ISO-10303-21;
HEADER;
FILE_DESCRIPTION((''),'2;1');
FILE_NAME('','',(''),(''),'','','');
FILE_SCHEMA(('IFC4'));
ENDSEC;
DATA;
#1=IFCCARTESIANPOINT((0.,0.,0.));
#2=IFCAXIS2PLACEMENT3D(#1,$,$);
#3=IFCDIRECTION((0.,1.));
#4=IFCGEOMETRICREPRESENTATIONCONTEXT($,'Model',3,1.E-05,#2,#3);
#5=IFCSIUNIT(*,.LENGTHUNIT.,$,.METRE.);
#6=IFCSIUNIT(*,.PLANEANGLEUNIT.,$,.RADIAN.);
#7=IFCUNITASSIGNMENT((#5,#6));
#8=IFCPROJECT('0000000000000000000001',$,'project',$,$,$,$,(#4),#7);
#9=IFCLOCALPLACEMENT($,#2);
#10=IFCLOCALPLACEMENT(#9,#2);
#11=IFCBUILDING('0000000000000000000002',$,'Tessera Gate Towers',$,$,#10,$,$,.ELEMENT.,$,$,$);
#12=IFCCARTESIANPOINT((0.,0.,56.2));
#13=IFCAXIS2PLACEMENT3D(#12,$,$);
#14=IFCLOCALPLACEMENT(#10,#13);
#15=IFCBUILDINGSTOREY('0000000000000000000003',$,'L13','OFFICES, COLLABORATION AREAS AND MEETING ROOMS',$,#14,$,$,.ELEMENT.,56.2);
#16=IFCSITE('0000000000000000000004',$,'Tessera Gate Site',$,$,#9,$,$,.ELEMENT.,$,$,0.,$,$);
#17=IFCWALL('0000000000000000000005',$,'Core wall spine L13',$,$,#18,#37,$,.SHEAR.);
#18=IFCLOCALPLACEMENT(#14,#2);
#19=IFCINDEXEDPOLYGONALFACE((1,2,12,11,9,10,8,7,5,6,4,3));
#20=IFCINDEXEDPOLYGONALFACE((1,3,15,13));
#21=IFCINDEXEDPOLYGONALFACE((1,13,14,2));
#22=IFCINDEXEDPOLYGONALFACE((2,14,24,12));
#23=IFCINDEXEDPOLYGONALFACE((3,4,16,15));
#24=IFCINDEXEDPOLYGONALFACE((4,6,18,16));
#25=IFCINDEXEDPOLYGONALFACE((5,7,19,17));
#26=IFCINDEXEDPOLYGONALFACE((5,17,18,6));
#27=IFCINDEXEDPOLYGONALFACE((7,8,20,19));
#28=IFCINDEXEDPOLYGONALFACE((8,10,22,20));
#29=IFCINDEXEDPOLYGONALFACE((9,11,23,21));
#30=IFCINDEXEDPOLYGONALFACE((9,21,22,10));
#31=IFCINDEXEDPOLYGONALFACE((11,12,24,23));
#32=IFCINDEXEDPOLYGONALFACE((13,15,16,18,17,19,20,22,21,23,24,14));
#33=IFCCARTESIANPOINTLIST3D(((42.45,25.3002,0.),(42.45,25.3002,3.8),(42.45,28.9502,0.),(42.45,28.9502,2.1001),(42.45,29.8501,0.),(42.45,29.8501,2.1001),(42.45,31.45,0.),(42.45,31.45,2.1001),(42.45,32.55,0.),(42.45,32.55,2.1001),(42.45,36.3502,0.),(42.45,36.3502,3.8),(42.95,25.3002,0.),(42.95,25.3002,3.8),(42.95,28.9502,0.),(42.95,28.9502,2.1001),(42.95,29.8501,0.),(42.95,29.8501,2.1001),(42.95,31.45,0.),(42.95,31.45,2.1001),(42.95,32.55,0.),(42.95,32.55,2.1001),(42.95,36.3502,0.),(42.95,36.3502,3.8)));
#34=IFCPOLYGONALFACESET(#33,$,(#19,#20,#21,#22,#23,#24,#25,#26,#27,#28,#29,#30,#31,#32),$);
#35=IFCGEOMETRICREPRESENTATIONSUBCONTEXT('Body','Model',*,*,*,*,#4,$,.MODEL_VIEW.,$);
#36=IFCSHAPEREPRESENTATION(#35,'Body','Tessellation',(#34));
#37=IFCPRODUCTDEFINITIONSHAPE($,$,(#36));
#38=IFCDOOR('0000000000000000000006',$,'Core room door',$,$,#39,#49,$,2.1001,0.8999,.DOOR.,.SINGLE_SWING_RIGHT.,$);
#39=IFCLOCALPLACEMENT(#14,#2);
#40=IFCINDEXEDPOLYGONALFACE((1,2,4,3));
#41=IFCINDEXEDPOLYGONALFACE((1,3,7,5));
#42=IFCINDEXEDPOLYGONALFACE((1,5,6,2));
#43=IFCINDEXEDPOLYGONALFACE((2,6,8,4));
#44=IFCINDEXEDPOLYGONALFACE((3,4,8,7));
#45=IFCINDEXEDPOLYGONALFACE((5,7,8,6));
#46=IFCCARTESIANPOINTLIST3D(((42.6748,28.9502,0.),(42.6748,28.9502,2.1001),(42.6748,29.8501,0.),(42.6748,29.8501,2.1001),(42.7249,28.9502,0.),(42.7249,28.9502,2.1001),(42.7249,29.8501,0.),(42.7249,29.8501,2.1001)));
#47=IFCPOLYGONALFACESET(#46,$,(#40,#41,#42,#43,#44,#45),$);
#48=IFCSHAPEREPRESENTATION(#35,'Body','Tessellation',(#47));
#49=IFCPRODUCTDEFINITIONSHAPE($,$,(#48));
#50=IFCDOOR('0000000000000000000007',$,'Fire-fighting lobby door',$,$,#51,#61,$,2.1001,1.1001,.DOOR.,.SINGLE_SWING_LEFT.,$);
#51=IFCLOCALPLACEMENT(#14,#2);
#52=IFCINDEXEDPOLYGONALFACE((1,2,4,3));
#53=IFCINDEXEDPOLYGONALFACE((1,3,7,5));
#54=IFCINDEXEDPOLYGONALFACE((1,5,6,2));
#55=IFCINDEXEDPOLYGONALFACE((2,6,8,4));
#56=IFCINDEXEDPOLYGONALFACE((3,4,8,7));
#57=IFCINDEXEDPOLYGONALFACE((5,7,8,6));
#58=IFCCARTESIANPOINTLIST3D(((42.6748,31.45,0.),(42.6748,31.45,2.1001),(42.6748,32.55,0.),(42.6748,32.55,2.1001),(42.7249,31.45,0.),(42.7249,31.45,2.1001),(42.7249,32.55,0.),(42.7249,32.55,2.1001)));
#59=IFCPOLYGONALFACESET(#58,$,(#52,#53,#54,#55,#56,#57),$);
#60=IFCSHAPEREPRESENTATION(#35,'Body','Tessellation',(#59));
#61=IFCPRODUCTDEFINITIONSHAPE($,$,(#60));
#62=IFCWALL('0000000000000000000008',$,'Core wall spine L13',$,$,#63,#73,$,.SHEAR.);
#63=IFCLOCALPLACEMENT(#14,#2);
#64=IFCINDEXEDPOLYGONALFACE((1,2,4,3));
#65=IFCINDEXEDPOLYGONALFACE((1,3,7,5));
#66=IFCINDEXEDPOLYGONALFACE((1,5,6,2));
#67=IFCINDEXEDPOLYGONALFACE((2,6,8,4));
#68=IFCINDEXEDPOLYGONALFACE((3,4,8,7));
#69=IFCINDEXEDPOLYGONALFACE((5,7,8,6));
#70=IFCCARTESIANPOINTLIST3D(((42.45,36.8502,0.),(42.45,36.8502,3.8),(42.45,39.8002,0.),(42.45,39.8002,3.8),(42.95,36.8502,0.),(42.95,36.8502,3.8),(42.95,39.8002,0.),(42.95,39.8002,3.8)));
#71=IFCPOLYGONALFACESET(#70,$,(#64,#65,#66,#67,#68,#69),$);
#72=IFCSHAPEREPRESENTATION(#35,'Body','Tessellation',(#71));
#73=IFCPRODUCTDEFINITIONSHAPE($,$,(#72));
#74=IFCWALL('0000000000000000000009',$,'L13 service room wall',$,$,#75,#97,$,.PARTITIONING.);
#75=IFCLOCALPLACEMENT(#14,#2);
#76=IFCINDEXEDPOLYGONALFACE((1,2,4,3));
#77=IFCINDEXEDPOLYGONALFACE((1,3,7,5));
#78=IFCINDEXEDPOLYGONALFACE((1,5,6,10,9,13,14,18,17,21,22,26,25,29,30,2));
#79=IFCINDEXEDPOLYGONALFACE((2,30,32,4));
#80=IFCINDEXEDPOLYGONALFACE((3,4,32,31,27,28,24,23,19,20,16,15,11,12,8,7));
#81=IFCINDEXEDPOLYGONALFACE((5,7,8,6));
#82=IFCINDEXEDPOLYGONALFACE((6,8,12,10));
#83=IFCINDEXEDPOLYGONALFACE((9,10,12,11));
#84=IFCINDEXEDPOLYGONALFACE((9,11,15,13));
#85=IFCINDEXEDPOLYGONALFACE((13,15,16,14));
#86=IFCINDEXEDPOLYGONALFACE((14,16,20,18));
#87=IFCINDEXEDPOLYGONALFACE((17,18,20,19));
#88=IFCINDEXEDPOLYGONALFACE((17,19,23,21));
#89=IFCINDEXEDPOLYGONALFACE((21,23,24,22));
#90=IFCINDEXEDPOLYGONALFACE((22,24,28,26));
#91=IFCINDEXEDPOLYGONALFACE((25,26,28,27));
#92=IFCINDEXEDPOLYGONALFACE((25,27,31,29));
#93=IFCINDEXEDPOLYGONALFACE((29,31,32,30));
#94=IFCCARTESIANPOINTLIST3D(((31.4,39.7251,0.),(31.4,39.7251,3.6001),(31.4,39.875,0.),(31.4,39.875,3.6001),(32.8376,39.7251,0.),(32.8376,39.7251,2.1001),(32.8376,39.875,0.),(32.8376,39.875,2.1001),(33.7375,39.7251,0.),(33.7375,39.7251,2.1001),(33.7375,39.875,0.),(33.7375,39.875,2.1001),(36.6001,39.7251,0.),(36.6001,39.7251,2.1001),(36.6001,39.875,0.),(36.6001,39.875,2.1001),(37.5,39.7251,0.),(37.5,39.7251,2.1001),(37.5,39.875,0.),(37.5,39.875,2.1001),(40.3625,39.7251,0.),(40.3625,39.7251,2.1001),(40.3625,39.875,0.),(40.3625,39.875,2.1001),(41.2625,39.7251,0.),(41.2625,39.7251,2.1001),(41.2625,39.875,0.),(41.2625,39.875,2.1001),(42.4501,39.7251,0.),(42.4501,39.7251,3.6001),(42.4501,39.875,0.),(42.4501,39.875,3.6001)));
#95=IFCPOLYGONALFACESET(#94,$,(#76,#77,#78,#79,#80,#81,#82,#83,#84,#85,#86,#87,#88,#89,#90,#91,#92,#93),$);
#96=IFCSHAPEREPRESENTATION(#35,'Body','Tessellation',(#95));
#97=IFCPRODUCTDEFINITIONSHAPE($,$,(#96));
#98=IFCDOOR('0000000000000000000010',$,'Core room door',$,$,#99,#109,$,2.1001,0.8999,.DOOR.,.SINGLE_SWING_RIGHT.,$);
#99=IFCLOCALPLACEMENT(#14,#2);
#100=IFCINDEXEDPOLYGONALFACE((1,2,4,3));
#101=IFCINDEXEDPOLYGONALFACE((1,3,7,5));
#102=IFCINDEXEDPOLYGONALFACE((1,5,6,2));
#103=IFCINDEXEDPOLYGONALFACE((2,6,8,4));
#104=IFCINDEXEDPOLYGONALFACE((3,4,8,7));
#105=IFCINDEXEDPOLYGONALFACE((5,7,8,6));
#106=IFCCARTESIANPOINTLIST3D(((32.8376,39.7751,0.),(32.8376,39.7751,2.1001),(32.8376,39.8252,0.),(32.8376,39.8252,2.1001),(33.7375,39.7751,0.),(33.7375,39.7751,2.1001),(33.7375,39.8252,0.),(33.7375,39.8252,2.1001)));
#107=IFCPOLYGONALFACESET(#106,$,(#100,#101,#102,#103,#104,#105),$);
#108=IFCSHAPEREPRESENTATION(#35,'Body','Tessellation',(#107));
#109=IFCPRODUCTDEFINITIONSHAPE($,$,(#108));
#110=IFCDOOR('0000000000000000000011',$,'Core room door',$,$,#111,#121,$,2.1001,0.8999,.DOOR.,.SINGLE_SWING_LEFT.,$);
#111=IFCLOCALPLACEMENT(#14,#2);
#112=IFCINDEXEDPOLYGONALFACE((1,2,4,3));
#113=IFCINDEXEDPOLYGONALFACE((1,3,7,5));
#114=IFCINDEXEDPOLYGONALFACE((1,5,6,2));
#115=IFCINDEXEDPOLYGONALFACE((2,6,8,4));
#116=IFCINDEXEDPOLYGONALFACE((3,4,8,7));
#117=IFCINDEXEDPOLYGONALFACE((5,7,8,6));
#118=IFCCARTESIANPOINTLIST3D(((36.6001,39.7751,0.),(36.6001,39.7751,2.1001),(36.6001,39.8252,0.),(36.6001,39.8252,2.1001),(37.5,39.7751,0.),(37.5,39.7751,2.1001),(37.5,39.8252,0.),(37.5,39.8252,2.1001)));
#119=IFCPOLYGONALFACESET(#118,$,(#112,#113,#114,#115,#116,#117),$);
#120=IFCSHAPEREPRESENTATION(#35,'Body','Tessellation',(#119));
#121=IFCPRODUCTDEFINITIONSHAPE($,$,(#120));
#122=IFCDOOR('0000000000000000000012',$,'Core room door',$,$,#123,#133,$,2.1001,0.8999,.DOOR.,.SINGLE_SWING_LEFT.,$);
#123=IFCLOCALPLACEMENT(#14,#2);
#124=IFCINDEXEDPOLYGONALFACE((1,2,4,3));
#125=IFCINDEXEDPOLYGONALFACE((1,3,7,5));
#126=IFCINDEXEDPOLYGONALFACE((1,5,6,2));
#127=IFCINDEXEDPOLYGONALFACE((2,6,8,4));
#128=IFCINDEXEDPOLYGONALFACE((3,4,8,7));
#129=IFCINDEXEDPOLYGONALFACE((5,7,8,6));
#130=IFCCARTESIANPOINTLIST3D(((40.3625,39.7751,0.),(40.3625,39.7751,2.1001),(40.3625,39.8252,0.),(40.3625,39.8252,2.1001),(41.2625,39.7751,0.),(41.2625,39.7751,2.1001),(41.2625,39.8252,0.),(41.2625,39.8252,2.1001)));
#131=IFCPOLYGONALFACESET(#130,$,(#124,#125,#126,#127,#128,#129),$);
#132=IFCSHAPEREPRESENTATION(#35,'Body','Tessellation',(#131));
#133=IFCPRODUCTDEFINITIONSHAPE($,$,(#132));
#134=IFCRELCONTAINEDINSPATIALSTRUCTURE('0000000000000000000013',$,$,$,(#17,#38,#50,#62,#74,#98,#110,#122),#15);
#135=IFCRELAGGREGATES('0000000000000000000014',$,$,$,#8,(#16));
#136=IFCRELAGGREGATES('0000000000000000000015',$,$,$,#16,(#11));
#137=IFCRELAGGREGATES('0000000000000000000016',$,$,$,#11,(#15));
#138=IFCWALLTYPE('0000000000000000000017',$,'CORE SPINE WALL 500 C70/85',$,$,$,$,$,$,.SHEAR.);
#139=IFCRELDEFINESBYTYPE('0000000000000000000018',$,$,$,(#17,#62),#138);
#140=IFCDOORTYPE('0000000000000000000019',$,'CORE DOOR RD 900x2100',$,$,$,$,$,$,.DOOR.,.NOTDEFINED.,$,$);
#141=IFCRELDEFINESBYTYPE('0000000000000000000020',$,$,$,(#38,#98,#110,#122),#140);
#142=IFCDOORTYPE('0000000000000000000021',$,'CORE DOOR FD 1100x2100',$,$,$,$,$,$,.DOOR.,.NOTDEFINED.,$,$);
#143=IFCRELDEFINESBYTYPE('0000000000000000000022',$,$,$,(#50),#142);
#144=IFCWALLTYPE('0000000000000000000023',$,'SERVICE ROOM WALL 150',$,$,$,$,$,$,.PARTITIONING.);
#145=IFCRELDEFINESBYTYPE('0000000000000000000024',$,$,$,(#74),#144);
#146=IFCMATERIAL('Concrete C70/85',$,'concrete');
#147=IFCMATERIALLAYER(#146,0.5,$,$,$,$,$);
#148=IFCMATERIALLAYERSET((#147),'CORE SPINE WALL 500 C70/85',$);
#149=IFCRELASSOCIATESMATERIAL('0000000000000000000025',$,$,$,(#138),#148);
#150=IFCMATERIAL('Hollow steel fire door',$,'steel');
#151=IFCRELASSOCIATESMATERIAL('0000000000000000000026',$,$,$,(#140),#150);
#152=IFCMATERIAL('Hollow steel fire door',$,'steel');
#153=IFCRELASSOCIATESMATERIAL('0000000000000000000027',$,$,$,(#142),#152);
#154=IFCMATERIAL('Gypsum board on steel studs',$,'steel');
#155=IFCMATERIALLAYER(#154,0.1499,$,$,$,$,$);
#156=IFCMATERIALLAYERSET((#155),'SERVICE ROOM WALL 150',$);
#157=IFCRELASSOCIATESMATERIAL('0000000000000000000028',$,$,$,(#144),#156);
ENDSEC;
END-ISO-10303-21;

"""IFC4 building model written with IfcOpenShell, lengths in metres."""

from ifc_helpers import new_model, si_unit, direction, frame, frame_2d, origin, place, context, subcontext, project, spatial, rectangle, extrude, source, transform, mapped, material, layer, layer_set, type_object, element, fill, save


model = new_model("IFC4")

# Units and contexts
model_context = context("Model", 3, precision=1e-05, world=origin(), true_north=direction((0.0, 1.0)))
body_context = subcontext(model_context, "Body", "Model", "MODEL_VIEW")
ifc_project = project(units=[si_unit("LENGTHUNIT", "METRE"), si_unit("PLANEANGLEUNIT", "RADIAN")], contexts=[model_context])

# Site, building, storey
site_placement = place(None, origin())
site = spatial("IfcSite", under=ifc_project, at=site_placement, Name="Tessera Gate Site", CompositionType="ELEMENT", RefElevation=0.0)
building_placement = place(site_placement, origin())
building = spatial("IfcBuilding", under=site, at=building_placement, Name="Tessera Gate Towers", CompositionType="ELEMENT")
storey_placement = place(building_placement, frame((0.0, 0.0, 56.2)))
storey = spatial("IfcBuildingStorey", under=building, at=storey_placement, Name="L13", Description="OFFICES, COLLABORATION AREAS AND MEETING ROOMS", CompositionType="ELEMENT", Elevation=56.2)

# Wall, openings, doors
ifc_material_1 = material(Name="Concrete C70/85", Category="concrete")
ifc_layer_1 = layer(ifc_material_1, 0.5)
ifc_layer_set_1 = layer_set([ifc_layer_1], Name="CORE SPINE WALL 500 C70/85")
wall_type_1 = type_object("IfcWallType", Name="CORE SPINE WALL 500 C70/85", PredefinedType="SHEAR", material=ifc_layer_set_1)
wall_1_placement = place(storey_placement, frame((42.7, 36.3501, 0.0), z_axis=(0.0, 0.0, 1.0), x_axis=(0.0, -1.0, 0.0)))
wall_1 = element("IfcWall", 1, at=wall_1_placement, inside=storey, type_object=wall_type_1, Name="Core wall spine L13", PredefinedType="SHEAR", context=body_context, shape_type="SweptSolid", body=[
    extrude(rectangle(XDim=11.05, YDim=0.5, at=frame_2d((5.5249, 0.0))), origin(), (0.0, 0.0, 1.0), 3.8),
])
shared_shape_1 = source(origin(), body_context, "Body", "SweptSolid", [
    extrude(rectangle(XDim=0.8999, YDim=2.1001, at=frame_2d((0.45, 1.05))), frame((0.0, 0.26, 0.0), z_axis=(0.0, -1.0, 0.0), x_axis=(1.0, 0.0, 0.0)), (0.0, 0.0, 1.0), 0.52),
])
opening_1_placement = place(wall_1_placement, frame((6.5, 0.0, 0.0)))
opening_1 = element("IfcOpeningElement", 2, at=opening_1_placement, cuts=wall_1, PredefinedType="OPENING", context=body_context, shape_type="MappedRepresentation", body=[
    mapped(shared_shape_1, transform((0.0, 0.0, 0.0), scale=1.0)),
])
shared_shape_2 = source(origin(), body_context, "Body", "SweptSolid", [
    extrude(rectangle(XDim=1.1001, YDim=2.1001, at=frame_2d((0.55, 1.05))), frame((0.0, 0.26, 0.0), z_axis=(0.0, -1.0, 0.0), x_axis=(1.0, 0.0, 0.0)), (0.0, 0.0, 1.0), 0.52),
])
opening_2_placement = place(wall_1_placement, frame((3.8, 0.0, 0.0)))
opening_2 = element("IfcOpeningElement", 3, at=opening_2_placement, cuts=wall_1, PredefinedType="OPENING", context=body_context, shape_type="MappedRepresentation", body=[
    mapped(shared_shape_2, transform((0.0, 0.0, 0.0), scale=1.0)),
])
ifc_material_2 = material(Name="Hollow steel fire door", Category="steel")
door_type_1 = type_object("IfcDoorType", Name="CORE DOOR RD 900x2100", OperationType="NOTDEFINED", PredefinedType="DOOR", material=ifc_material_2)
shared_shape_3 = source(origin(), body_context, "Body", "SweptSolid", [
    extrude(rectangle(XDim=0.8999, YDim=2.1001, at=frame_2d((0.45, 1.05))), frame((0.0, 0.0249, 0.0), z_axis=(0.0, -1.0, 0.0), x_axis=(1.0, 0.0, 0.0)), (0.0, 0.0, 1.0), 0.05),
])
door_1_placement = place(opening_1_placement, origin())
door_1 = element("IfcDoor", 4, at=door_1_placement, inside=storey, type_object=door_type_1, Name="Core room door", OperationType="SINGLE_SWING_RIGHT", OverallHeight=2.1001, OverallWidth=0.8999, PredefinedType="DOOR", context=body_context, shape_type="MappedRepresentation", body=[
    mapped(shared_shape_3, transform((0.0, 0.0, 0.0), scale=1.0)),
])
fill(opening_1, door_1)
ifc_material_3 = material(Name="Hollow steel fire door", Category="steel")
door_type_2 = type_object("IfcDoorType", Name="CORE DOOR FD 1100x2100", OperationType="NOTDEFINED", PredefinedType="DOOR", material=ifc_material_3)
shared_shape_4 = source(origin(), body_context, "Body", "SweptSolid", [
    extrude(rectangle(XDim=1.1001, YDim=2.1001, at=frame_2d((0.55, 1.05))), frame((0.0, 0.0249, 0.0), z_axis=(0.0, -1.0, 0.0), x_axis=(1.0, 0.0, 0.0)), (0.0, 0.0, 1.0), 0.05),
])
door_2_placement = place(opening_2_placement, origin())
door_2 = element("IfcDoor", 5, at=door_2_placement, inside=storey, type_object=door_type_2, Name="Fire-fighting lobby door", OperationType="SINGLE_SWING_LEFT", OverallHeight=2.1001, OverallWidth=1.1001, PredefinedType="DOOR", context=body_context, shape_type="MappedRepresentation", body=[
    mapped(shared_shape_4, transform((0.0, 0.0, 0.0), scale=1.0)),
])
fill(opening_2, door_2)

# Wall
wall_2_placement = place(storey_placement, frame((42.7, 36.8501, 0.0), z_axis=(0.0, 0.0, 1.0), x_axis=(0.0, 1.0, 0.0)))
element("IfcWall", 6, at=wall_2_placement, inside=storey, type_object=wall_type_1, Name="Core wall spine L13", PredefinedType="SHEAR", context=body_context, shape_type="SweptSolid", body=[
    extrude(rectangle(XDim=2.95, YDim=0.5, at=frame_2d((1.4751, 0.0))), origin(), (0.0, 0.0, 1.0), 3.8),
])

# Wall, openings, doors
ifc_material_4 = material(Name="Gypsum board on steel studs", Category="steel")
ifc_layer_2 = layer(ifc_material_4, 0.1499)
ifc_layer_set_2 = layer_set([ifc_layer_2], Name="SERVICE ROOM WALL 150")
wall_type_2 = type_object("IfcWallType", Name="SERVICE ROOM WALL 150", PredefinedType="PARTITIONING", material=ifc_layer_set_2)
wall_3_placement = place(storey_placement, frame((42.45, 39.8, 0.0), z_axis=(0.0, 0.0, 1.0), x_axis=(-1.0, 0.0, 0.0)))
wall_3 = element("IfcWall", 7, at=wall_3_placement, inside=storey, type_object=wall_type_2, Name="L13 service room wall", PredefinedType="PARTITIONING", context=body_context, shape_type="SweptSolid", body=[
    extrude(rectangle(XDim=11.05, YDim=0.1499, at=frame_2d((5.5249, 0.0))), origin(), (0.0, 0.0, 1.0), 3.6001),
])
shared_shape_5 = source(origin(), body_context, "Body", "SweptSolid", [
    extrude(rectangle(XDim=0.8999, YDim=2.1001, at=frame_2d((0.45, 1.05))), frame((0.0, 0.085, 0.0), z_axis=(0.0, -1.0, 0.0), x_axis=(1.0, 0.0, 0.0)), (0.0, 0.0, 1.0), 0.1699),
])
opening_3_placement = place(wall_3_placement, frame((8.7124, 0.0, 0.0)))
opening_3 = element("IfcOpeningElement", 8, at=opening_3_placement, cuts=wall_3, PredefinedType="OPENING", context=body_context, shape_type="MappedRepresentation", body=[
    mapped(shared_shape_5, transform((0.0, 0.0, 0.0), scale=1.0)),
])
opening_4_placement = place(wall_3_placement, frame((4.95, 0.0, 0.0)))
opening_4 = element("IfcOpeningElement", 9, at=opening_4_placement, cuts=wall_3, PredefinedType="OPENING", context=body_context, shape_type="MappedRepresentation", body=[
    mapped(shared_shape_5, transform((0.0, 0.0, 0.0), scale=1.0)),
])
opening_5_placement = place(wall_3_placement, frame((1.1875, 0.0, 0.0)))
opening_5 = element("IfcOpeningElement", 10, at=opening_5_placement, cuts=wall_3, PredefinedType="OPENING", context=body_context, shape_type="MappedRepresentation", body=[
    mapped(shared_shape_5, transform((0.0, 0.0, 0.0), scale=1.0)),
])
door_3_placement = place(opening_3_placement, origin())
door_3 = element("IfcDoor", 11, at=door_3_placement, inside=storey, type_object=door_type_1, Name="Core room door", OperationType="SINGLE_SWING_RIGHT", OverallHeight=2.1001, OverallWidth=0.8999, PredefinedType="DOOR", context=body_context, shape_type="MappedRepresentation", body=[
    mapped(shared_shape_3, transform((0.0, 0.0, 0.0), scale=1.0)),
])
fill(opening_3, door_3)
door_4_placement = place(opening_4_placement, origin())
door_4 = element("IfcDoor", 12, at=door_4_placement, inside=storey, type_object=door_type_1, Name="Core room door", OperationType="SINGLE_SWING_LEFT", OverallHeight=2.1001, OverallWidth=0.8999, PredefinedType="DOOR", context=body_context, shape_type="MappedRepresentation", body=[
    mapped(shared_shape_3, transform((0.0, 0.0, 0.0), scale=1.0)),
])
fill(opening_4, door_4)
door_5_placement = place(opening_5_placement, origin())
door_5 = element("IfcDoor", 13, at=door_5_placement, inside=storey, type_object=door_type_1, Name="Core room door", OperationType="SINGLE_SWING_LEFT", OverallHeight=2.1001, OverallWidth=0.8999, PredefinedType="DOOR", context=body_context, shape_type="MappedRepresentation", body=[
    mapped(shared_shape_3, transform((0.0, 0.0, 0.0), scale=1.0)),
])
fill(opening_5, door_5)

save(model, "model.ifc")
